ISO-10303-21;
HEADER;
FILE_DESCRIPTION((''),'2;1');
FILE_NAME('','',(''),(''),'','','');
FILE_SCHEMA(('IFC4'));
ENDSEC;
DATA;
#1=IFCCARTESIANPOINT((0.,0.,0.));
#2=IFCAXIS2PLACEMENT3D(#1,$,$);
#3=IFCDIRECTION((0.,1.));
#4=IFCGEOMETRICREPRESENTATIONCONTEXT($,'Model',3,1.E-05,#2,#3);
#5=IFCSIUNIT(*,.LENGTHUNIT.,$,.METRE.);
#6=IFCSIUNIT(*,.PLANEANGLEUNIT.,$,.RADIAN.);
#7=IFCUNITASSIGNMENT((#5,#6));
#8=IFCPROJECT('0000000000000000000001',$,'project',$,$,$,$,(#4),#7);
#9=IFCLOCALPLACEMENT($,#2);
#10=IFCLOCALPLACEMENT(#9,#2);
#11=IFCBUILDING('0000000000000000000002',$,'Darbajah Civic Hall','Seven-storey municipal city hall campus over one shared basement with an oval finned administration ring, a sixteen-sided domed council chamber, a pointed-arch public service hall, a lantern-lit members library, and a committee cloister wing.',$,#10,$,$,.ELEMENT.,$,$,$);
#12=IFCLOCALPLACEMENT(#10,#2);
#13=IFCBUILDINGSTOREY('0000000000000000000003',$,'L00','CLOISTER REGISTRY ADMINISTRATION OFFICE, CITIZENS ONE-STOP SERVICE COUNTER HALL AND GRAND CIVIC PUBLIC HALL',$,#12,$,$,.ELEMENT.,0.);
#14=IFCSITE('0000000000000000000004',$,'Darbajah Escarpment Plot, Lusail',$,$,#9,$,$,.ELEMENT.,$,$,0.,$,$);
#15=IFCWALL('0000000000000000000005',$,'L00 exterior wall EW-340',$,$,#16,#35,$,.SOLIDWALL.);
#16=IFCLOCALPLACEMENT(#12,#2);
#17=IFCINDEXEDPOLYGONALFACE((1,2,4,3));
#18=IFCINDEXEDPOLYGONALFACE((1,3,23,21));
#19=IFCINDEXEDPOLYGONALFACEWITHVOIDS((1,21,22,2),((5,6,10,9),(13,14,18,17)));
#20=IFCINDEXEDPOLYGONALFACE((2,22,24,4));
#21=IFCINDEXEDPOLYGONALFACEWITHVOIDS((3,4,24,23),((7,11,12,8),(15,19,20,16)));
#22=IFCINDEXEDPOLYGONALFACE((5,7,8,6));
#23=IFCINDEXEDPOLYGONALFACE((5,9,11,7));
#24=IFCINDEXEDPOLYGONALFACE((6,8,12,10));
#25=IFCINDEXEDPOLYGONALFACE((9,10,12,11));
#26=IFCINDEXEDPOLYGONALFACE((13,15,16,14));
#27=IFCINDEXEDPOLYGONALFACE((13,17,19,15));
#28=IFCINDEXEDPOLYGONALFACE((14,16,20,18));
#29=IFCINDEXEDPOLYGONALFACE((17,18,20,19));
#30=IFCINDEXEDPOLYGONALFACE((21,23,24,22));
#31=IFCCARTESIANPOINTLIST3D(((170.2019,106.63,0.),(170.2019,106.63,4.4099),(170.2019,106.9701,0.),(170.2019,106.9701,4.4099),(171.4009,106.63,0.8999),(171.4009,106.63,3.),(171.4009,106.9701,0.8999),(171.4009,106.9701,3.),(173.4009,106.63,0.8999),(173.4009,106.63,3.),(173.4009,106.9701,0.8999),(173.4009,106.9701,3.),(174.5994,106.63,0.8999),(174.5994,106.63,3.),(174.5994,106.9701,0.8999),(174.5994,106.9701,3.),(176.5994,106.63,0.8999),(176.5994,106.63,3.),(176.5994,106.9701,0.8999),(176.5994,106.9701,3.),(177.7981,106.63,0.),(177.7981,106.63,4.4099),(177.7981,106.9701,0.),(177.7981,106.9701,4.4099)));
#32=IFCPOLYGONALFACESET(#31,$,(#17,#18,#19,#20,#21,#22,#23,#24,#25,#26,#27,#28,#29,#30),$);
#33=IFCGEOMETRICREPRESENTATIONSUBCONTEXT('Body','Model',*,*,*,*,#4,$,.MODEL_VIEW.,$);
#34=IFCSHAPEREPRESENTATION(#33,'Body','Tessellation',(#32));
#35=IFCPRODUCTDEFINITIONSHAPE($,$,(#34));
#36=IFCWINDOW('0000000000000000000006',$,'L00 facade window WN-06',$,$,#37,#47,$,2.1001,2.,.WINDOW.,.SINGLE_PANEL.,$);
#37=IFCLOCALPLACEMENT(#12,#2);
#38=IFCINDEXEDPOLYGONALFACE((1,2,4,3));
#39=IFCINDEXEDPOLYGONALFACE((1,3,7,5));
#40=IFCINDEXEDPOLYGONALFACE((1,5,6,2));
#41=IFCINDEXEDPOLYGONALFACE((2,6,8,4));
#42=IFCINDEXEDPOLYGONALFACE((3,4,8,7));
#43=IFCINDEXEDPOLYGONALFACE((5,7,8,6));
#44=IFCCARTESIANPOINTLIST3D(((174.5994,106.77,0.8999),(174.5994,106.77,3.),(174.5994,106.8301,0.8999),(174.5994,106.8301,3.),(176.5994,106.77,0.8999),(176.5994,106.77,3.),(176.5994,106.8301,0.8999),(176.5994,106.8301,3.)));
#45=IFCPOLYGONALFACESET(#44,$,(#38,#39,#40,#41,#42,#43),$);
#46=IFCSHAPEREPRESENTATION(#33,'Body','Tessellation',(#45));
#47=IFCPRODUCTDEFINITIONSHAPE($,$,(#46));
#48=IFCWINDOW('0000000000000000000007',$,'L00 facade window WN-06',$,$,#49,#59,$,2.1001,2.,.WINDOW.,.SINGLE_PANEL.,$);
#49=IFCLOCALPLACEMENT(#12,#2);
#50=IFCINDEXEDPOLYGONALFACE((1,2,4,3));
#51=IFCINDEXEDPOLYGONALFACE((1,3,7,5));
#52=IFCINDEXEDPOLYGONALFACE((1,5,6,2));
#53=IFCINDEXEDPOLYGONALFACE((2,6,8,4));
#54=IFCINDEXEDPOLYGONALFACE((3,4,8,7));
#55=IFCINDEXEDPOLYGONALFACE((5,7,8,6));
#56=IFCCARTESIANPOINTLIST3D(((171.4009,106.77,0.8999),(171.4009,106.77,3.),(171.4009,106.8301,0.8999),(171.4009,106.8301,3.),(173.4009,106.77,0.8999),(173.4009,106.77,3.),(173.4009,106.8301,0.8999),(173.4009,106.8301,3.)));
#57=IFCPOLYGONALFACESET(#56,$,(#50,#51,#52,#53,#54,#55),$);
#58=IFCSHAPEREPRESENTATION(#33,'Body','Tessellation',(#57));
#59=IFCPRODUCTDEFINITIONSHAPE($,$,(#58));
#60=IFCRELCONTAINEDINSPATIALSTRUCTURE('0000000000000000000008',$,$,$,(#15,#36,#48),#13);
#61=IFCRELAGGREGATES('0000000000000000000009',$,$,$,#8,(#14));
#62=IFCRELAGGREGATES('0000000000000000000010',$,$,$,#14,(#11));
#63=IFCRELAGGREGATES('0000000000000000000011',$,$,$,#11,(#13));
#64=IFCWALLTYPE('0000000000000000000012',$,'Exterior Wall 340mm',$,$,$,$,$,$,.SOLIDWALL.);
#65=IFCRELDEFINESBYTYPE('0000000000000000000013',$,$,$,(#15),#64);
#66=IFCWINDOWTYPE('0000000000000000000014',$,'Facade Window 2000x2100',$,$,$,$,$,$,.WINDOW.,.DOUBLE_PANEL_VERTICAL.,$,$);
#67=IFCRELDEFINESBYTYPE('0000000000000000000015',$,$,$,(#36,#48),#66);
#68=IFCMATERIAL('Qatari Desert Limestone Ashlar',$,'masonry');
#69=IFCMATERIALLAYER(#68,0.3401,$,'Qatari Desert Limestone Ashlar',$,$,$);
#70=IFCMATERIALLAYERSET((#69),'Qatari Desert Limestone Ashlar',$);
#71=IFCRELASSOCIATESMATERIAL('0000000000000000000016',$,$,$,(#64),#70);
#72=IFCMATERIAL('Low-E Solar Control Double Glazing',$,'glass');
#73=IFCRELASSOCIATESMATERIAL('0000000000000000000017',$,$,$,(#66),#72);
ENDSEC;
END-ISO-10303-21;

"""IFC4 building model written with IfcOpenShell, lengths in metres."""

from ifc_helpers import new_model, si_unit, direction, frame, frame_2d, origin, place, context, subcontext, project, spatial, rectangle, extrude, material, layer, layer_set, type_object, element, fill, save


model = new_model("IFC4")

# Units and contexts
model_context = context("Model", 3, precision=1e-05, world=origin(), true_north=direction((0.0, 1.0)))
body_context = subcontext(model_context, "Body", "Model", "MODEL_VIEW")
ifc_project = project(units=[si_unit("LENGTHUNIT", "METRE"), si_unit("PLANEANGLEUNIT", "RADIAN")], contexts=[model_context])

# Site, building, storey
site_placement = place(None, origin())
site = spatial("IfcSite", under=ifc_project, at=site_placement, Name="Darbajah Escarpment Plot, Lusail", CompositionType="ELEMENT", RefElevation=0.0)
building_placement = place(site_placement, origin())
building = spatial("IfcBuilding", under=site, at=building_placement, Name="Darbajah Civic Hall", Description="Seven-storey municipal city hall campus over one shared basement with an oval finned administration ring, a sixteen-sided domed council chamber, a pointed-arch public service hall, a lantern-lit members library, and a committee cloister wing.", CompositionType="ELEMENT")
storey_placement = place(building_placement, origin())
storey = spatial("IfcBuildingStorey", under=building, at=storey_placement, Name="L00", Description="CLOISTER REGISTRY ADMINISTRATION OFFICE, CITIZENS ONE-STOP SERVICE COUNTER HALL AND GRAND CIVIC PUBLIC HALL", CompositionType="ELEMENT", Elevation=0.0)

# Shared definitions
ifc_material_1 = material(Name="Low-E Solar Control Double Glazing", Category="glass")

# Wall, openings, windows
ifc_material_2 = material(Name="Qatari Desert Limestone Ashlar", Category="masonry")
ifc_layer_1 = layer(ifc_material_2, 0.3401, Name="Qatari Desert Limestone Ashlar")
ifc_layer_set_1 = layer_set([ifc_layer_1], Name="Qatari Desert Limestone Ashlar")
wall_type = type_object("IfcWallType", Name="Exterior Wall 340mm", PredefinedType="SOLIDWALL", material=ifc_layer_set_1)
wall_placement = place(storey_placement, frame((177.7981, 106.8, 0.0), z_axis=(0.0, 0.0, 1.0), x_axis=(-1.0, 0.0, 0.0)))
wall = element("IfcWall", 1, at=wall_placement, inside=storey, type_object=wall_type, Name="L00 exterior wall EW-340", PredefinedType="SOLIDWALL", context=body_context, shape_type="SweptSolid", body=[
    extrude(rectangle(XDim=7.5962, YDim=0.3401, at=frame_2d((3.7981, 0.0))), origin(), (0.0, 0.0, 1.0), 4.4099),
])
opening_1_placement = place(wall_placement, frame((1.1987, 0.0, 0.8999)))
opening_1 = element("IfcOpeningElement", 2, at=opening_1_placement, cuts=wall, PredefinedType="OPENING", context=body_context, shape_type="SweptSolid", body=[
    extrude(rectangle(XDim=2.0, YDim=2.1001, at=frame_2d((1.0, 1.05))), frame((0.0, 0.1799, 0.0), z_axis=(0.0, -1.0, 0.0), x_axis=(1.0, 0.0, 0.0)), (0.0, 0.0, 1.0), 0.3601),
])
opening_2_placement = place(wall_placement, frame((4.3972, 0.0, 0.8999)))
opening_2 = element("IfcOpeningElement", 3, at=opening_2_placement, cuts=wall, PredefinedType="OPENING", context=body_context, shape_type="SweptSolid", body=[
    extrude(rectangle(XDim=2.0, YDim=2.1001, at=frame_2d((1.0, 1.05))), frame((0.0, 0.1799, 0.0), z_axis=(0.0, -1.0, 0.0), x_axis=(1.0, 0.0, 0.0)), (0.0, 0.0, 1.0), 0.3601),
])
window_type = type_object("IfcWindowType", Name="Facade Window 2000x2100", PartitioningType="DOUBLE_PANEL_VERTICAL", PredefinedType="WINDOW", material=ifc_material_1)
window_1_placement = place(opening_1_placement, origin())
window_1 = element("IfcWindow", 4, at=window_1_placement, inside=storey, type_object=window_type, Name="L00 facade window WN-06", OverallHeight=2.1001, OverallWidth=2.0, PartitioningType="SINGLE_PANEL", PredefinedType="WINDOW", context=body_context, shape_type="SweptSolid", body=[
    extrude(rectangle(XDim=2.0, YDim=2.1001, at=frame_2d((1.0, 1.05))), frame((0.0, 0.03, 0.0), z_axis=(0.0, -1.0, 0.0), x_axis=(1.0, 0.0, 0.0)), (0.0, 0.0, 1.0), 0.0601),
])
fill(opening_1, window_1)
window_2_placement = place(opening_2_placement, origin())
window_2 = element("IfcWindow", 5, at=window_2_placement, inside=storey, type_object=window_type, Name="L00 facade window WN-06", OverallHeight=2.1001, OverallWidth=2.0, PartitioningType="SINGLE_PANEL", PredefinedType="WINDOW", context=body_context, shape_type="SweptSolid", body=[
    extrude(rectangle(XDim=2.0, YDim=2.1001, at=frame_2d((1.0, 1.05))), frame((0.0, 0.03, 0.0), z_axis=(0.0, -1.0, 0.0), x_axis=(1.0, 0.0, 0.0)), (0.0, 0.0, 1.0), 0.0601),
])
fill(opening_2, window_2)

save(model, "model.ifc")
